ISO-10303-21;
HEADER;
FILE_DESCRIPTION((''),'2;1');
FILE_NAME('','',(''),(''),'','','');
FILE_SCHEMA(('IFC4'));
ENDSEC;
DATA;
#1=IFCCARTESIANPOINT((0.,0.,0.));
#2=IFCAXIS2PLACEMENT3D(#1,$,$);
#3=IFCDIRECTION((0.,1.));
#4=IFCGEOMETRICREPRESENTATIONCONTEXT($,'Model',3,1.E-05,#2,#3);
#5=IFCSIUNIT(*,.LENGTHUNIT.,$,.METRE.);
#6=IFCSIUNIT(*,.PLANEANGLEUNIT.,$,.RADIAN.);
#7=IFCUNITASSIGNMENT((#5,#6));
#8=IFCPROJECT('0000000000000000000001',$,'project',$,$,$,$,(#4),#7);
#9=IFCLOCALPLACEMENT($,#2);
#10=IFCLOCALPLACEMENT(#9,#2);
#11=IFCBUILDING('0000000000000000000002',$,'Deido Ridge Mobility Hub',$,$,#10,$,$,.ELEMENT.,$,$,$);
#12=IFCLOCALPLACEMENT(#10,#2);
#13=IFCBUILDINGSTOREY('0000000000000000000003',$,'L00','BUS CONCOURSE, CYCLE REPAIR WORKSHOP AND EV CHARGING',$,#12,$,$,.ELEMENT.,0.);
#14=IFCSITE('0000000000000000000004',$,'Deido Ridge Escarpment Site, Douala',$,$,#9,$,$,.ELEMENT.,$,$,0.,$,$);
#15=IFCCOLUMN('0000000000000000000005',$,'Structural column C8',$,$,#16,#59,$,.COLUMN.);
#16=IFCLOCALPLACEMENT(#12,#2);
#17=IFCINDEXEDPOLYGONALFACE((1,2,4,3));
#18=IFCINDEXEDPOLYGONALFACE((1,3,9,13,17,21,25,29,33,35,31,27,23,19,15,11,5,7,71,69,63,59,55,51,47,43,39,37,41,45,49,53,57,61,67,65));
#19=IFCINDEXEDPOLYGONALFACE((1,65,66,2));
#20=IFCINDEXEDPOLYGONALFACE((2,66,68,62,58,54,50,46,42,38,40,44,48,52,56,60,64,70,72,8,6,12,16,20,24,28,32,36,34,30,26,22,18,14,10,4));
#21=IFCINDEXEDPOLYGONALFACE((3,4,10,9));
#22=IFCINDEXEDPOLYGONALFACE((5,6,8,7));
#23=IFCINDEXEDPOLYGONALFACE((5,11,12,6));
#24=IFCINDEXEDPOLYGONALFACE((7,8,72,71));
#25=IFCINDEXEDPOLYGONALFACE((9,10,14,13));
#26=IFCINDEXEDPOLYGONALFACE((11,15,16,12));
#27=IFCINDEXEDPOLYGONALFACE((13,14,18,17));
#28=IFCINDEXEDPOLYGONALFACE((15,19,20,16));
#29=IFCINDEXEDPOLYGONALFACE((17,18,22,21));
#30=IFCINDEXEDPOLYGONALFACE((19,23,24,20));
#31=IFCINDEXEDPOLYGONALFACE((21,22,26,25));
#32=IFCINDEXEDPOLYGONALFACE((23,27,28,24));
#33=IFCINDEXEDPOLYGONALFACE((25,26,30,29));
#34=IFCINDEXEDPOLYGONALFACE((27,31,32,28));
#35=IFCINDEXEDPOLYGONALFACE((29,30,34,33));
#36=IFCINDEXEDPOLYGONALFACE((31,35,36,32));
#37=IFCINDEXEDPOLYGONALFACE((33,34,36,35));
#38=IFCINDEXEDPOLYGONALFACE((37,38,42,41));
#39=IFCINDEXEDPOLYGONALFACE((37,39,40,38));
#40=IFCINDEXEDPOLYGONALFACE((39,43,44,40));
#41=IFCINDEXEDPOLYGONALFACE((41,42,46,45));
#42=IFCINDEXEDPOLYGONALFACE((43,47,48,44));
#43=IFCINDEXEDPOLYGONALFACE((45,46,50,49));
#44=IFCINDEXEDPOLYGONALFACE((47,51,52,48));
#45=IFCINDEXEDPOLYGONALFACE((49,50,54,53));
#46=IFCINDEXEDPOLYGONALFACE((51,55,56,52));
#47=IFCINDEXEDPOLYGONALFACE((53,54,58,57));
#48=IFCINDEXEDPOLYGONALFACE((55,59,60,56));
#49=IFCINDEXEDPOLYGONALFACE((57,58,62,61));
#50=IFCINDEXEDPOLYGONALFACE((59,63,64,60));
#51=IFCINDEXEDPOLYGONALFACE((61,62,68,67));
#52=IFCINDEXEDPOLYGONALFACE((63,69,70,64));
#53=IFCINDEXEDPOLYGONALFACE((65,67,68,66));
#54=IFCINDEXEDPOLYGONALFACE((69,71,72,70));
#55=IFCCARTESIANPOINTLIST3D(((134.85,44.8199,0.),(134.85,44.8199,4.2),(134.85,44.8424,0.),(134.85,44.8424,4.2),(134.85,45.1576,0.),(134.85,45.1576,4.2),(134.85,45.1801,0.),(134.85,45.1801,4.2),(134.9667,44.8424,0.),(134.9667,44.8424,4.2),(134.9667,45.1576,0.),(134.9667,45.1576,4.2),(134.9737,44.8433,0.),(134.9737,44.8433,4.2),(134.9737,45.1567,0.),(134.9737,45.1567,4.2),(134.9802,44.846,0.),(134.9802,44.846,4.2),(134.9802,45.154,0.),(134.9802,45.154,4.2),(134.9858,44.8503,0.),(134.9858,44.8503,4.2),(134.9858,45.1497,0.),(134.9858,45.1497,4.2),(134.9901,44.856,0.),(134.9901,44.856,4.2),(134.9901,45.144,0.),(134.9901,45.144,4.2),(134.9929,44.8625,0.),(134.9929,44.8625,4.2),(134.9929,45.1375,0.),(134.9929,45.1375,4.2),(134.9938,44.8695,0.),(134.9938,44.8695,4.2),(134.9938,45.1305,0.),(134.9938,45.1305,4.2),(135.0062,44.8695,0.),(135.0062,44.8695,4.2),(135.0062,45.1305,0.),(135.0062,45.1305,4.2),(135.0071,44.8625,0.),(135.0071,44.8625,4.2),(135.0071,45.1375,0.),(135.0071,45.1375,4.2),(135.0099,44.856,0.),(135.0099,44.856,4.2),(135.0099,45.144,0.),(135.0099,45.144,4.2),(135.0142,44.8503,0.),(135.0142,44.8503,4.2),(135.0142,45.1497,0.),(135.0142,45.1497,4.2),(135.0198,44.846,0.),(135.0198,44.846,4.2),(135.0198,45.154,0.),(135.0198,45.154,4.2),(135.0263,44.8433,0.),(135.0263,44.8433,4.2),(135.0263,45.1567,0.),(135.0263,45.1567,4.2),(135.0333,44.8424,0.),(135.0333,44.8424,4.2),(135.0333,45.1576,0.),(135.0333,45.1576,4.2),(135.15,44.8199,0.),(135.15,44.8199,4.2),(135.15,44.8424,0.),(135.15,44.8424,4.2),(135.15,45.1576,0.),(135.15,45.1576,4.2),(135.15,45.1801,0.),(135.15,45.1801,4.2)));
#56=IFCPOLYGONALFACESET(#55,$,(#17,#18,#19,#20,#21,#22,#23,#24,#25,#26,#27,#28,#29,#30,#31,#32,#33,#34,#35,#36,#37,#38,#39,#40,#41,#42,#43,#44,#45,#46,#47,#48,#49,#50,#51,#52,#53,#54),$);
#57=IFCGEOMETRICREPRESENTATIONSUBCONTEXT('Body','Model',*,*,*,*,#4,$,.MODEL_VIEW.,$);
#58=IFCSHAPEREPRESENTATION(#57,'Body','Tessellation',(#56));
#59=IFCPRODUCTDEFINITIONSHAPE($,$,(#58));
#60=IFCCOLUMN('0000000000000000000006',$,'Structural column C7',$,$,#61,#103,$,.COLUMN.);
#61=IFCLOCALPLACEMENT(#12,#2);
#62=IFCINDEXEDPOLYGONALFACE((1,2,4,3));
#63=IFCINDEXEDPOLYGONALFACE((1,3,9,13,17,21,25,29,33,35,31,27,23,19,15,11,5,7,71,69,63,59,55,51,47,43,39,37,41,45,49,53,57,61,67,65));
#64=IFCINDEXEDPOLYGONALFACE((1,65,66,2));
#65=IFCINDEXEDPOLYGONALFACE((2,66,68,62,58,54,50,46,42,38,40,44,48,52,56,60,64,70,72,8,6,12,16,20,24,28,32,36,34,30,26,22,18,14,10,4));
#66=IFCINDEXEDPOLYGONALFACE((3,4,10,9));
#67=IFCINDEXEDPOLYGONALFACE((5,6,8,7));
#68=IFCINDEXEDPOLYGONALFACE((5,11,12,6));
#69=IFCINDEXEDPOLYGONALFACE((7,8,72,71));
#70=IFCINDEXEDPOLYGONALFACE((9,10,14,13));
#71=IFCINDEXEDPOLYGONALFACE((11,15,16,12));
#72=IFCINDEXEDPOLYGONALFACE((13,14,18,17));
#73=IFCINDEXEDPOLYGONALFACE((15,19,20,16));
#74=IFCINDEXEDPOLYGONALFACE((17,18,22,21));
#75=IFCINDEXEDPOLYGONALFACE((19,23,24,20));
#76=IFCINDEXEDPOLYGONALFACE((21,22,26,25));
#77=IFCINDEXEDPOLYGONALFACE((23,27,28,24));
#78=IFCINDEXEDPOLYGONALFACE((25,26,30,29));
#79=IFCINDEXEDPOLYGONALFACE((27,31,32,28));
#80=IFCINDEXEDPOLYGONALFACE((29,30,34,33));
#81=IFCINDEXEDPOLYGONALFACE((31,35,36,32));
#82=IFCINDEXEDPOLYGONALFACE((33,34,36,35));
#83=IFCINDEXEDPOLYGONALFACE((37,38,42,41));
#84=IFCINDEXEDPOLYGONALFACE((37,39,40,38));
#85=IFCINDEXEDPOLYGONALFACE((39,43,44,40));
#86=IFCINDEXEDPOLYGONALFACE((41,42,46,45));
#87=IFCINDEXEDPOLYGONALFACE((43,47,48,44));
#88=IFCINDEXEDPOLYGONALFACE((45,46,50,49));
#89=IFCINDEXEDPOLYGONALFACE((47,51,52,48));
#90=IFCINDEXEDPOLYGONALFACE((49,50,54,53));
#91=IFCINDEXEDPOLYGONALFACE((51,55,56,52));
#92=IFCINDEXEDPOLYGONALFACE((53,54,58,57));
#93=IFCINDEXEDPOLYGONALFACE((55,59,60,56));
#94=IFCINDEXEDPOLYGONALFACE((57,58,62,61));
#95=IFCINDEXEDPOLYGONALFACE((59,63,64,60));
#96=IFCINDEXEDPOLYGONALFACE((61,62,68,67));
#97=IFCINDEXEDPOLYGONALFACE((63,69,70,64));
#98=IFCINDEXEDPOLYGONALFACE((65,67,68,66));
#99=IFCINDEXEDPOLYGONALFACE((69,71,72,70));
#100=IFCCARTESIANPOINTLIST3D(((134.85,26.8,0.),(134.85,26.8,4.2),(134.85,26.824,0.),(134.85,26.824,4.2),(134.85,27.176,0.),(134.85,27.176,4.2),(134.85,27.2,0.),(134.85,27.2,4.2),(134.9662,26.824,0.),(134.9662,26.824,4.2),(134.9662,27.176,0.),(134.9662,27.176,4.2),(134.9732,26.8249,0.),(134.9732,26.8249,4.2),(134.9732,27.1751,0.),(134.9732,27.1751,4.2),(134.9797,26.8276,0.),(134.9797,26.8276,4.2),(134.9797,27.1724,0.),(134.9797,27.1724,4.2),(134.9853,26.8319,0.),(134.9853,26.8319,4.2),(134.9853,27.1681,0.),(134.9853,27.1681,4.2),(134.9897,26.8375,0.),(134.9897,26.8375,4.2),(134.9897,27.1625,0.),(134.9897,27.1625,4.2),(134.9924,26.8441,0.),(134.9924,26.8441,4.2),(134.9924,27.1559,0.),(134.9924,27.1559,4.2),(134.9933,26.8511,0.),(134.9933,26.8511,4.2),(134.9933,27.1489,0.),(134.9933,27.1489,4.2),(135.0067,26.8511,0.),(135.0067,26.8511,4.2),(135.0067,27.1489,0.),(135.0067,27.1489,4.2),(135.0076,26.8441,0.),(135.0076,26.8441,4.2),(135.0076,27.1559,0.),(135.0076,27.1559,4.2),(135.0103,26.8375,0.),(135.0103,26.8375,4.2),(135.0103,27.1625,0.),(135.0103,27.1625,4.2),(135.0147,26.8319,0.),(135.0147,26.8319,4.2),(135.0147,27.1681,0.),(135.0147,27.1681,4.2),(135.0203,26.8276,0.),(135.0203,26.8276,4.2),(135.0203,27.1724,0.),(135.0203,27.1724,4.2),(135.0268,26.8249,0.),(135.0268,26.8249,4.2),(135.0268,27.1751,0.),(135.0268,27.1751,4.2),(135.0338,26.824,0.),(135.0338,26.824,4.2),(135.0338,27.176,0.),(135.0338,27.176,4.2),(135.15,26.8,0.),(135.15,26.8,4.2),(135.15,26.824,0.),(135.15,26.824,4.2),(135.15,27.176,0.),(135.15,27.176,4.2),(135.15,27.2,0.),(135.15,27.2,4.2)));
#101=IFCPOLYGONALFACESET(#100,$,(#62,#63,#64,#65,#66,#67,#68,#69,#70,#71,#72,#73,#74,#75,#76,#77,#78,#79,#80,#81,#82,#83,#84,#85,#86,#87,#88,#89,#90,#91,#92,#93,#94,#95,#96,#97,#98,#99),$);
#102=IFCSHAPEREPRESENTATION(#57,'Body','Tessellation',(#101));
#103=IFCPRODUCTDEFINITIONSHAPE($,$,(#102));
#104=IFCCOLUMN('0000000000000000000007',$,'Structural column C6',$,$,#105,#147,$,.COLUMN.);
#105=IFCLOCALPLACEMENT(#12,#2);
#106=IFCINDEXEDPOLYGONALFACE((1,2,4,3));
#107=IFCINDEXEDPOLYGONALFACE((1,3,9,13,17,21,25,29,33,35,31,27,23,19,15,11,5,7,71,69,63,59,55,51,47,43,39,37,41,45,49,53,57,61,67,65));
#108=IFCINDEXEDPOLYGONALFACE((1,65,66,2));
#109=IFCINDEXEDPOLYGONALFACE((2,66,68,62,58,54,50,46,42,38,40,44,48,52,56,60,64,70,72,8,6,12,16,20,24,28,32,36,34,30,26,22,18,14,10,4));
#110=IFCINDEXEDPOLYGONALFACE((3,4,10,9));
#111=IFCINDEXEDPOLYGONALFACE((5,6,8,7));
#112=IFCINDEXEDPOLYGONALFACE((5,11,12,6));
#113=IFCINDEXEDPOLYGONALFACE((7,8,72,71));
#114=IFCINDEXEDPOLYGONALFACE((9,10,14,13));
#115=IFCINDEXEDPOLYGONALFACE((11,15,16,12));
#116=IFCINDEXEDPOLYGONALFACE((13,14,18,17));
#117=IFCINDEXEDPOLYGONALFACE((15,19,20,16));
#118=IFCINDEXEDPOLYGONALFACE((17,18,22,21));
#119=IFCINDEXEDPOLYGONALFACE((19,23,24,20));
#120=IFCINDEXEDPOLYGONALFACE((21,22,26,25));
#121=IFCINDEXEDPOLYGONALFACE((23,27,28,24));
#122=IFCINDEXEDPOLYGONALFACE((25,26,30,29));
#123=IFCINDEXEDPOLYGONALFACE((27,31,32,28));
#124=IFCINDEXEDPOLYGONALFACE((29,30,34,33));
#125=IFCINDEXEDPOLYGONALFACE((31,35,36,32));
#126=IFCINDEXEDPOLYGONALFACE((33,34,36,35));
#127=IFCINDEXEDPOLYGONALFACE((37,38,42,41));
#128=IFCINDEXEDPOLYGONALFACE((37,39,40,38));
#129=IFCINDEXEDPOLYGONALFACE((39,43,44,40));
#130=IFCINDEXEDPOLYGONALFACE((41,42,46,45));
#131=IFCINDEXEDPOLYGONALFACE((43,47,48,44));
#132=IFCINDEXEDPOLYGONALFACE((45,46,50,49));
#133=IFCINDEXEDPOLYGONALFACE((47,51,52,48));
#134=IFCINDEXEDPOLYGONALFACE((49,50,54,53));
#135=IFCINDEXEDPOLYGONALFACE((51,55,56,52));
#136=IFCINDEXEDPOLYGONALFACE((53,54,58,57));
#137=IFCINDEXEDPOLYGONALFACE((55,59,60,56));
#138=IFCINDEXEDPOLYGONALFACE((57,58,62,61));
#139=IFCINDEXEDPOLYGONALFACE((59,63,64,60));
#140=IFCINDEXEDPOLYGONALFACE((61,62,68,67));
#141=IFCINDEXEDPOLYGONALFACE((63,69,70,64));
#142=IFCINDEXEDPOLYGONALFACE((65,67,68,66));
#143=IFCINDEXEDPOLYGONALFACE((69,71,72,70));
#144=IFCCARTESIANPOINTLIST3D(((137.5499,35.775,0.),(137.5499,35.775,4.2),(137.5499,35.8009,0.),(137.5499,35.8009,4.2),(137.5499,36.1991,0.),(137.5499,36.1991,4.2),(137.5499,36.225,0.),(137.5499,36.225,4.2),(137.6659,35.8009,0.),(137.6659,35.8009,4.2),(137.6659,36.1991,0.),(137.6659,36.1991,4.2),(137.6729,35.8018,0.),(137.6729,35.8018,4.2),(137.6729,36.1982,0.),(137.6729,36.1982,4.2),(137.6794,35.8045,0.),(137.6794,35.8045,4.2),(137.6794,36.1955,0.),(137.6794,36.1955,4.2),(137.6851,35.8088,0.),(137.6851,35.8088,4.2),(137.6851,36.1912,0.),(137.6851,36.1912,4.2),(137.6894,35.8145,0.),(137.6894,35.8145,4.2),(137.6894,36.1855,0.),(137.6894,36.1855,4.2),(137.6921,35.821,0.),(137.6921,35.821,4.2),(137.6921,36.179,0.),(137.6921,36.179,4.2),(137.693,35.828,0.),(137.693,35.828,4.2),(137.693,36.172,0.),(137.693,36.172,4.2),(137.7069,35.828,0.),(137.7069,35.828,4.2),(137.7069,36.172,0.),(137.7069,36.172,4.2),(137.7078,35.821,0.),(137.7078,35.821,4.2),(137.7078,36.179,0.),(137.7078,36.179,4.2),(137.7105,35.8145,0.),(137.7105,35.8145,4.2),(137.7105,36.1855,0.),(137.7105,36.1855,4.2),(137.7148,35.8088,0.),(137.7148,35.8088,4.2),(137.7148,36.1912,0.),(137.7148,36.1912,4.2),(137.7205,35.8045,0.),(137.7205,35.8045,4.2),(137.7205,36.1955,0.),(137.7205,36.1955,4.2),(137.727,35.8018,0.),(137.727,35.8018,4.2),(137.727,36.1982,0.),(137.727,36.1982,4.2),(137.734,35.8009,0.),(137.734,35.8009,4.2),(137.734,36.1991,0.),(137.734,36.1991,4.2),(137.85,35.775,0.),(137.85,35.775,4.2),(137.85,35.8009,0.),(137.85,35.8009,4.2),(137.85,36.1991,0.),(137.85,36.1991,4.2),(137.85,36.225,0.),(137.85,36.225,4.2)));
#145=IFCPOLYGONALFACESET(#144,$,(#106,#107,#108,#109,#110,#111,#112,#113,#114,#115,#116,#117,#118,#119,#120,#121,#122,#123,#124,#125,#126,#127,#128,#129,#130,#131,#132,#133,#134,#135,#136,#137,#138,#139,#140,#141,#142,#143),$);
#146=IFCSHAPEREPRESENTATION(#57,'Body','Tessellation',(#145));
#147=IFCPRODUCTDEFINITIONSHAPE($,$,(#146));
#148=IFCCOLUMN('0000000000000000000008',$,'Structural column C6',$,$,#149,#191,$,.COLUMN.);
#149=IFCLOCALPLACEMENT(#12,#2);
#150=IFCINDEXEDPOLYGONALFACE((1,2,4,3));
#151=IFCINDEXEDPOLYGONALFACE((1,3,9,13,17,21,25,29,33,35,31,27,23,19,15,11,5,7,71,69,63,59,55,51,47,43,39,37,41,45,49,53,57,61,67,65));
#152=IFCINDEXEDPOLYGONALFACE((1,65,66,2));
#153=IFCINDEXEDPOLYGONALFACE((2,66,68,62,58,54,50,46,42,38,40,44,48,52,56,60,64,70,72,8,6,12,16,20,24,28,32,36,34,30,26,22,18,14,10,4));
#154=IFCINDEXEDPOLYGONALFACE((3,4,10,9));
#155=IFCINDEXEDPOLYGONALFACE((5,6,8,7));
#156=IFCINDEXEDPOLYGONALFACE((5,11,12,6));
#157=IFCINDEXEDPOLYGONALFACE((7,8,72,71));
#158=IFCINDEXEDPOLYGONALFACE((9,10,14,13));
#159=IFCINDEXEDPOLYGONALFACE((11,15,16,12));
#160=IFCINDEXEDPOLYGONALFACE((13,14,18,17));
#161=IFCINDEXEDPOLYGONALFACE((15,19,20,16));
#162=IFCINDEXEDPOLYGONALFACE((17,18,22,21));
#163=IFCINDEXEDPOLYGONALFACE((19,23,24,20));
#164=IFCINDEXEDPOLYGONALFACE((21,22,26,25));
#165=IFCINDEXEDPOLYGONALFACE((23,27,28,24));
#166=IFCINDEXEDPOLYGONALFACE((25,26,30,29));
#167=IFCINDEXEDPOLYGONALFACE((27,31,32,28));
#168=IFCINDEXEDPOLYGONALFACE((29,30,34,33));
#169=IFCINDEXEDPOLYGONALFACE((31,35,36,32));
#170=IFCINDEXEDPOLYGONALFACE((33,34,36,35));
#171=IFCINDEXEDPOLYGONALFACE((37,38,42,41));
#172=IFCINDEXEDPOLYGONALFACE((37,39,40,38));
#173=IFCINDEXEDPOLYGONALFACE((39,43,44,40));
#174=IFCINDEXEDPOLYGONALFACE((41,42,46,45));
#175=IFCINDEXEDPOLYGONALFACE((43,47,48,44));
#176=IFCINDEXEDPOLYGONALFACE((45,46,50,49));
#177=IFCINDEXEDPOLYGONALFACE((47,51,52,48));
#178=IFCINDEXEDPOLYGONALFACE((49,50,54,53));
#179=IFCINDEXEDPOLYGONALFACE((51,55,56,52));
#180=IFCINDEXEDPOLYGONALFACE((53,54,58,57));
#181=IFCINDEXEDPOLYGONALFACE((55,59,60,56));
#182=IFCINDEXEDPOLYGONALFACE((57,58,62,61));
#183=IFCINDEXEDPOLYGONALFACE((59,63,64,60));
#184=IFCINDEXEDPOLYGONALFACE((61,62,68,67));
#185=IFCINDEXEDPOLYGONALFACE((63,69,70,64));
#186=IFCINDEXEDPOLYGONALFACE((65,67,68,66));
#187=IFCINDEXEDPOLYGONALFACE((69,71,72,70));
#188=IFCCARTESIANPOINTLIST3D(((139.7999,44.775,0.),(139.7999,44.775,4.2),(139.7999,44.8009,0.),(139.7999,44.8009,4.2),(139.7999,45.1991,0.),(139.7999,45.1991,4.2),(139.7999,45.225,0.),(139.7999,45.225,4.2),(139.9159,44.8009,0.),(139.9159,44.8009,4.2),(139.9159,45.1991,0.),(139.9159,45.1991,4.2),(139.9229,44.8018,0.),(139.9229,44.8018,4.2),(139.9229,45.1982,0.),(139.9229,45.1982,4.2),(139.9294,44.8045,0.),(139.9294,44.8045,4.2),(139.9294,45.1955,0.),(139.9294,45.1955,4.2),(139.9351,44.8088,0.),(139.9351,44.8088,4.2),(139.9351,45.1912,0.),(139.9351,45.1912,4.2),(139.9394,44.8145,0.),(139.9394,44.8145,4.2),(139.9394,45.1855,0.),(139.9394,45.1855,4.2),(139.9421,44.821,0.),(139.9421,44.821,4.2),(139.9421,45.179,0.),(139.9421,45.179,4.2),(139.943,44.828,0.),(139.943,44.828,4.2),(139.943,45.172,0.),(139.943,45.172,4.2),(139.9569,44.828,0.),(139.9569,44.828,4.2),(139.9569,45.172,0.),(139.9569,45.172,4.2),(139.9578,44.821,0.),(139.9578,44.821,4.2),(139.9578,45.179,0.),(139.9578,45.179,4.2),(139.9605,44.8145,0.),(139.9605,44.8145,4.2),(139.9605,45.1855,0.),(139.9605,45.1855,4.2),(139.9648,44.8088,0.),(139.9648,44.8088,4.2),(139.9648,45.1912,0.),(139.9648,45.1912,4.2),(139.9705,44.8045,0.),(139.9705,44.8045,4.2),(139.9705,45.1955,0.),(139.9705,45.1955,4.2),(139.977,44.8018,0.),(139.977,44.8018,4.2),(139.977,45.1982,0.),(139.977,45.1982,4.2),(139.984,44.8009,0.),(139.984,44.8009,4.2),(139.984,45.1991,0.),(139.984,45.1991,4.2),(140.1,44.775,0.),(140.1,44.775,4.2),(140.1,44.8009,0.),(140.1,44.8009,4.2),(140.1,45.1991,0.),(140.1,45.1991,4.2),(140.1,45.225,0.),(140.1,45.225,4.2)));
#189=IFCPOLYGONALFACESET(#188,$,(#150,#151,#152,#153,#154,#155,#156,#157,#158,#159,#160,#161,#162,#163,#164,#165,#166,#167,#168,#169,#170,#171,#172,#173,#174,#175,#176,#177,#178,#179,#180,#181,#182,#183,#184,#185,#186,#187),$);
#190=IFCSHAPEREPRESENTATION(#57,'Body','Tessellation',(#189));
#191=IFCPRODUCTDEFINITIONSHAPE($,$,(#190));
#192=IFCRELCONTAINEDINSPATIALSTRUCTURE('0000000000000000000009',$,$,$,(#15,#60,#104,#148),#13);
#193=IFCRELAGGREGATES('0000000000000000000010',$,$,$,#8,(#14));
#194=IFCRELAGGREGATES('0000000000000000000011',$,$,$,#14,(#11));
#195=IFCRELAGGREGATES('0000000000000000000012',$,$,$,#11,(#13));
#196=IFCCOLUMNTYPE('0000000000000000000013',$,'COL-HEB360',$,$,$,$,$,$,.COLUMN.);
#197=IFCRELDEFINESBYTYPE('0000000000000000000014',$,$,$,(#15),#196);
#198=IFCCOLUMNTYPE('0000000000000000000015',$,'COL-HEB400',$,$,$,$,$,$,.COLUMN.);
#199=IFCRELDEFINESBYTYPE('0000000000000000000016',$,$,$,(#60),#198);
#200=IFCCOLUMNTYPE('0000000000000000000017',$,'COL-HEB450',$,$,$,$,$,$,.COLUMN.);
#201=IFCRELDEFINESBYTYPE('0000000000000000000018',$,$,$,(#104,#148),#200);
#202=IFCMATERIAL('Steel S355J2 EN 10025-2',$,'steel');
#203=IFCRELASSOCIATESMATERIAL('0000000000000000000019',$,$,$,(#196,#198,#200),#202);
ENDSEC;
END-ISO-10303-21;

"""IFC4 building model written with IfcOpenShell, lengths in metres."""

from ifc_helpers import new_model, si_unit, direction, frame, origin, origin_2d, place, context, subcontext, project, spatial, i_section, extrude, material, material_profile, profile_set, type_object, element, save


model = new_model("IFC4")

# Units and contexts
model_context = context("Model", 3, precision=1e-05, world=origin(), true_north=direction((0.0, 1.0)))
body_context = subcontext(model_context, "Body", "Model", "MODEL_VIEW")
ifc_project = project(units=[si_unit("LENGTHUNIT", "METRE"), si_unit("PLANEANGLEUNIT", "RADIAN")], contexts=[model_context])

# Site, building, storey
site_placement = place(None, origin())
site = spatial("IfcSite", under=ifc_project, at=site_placement, Name="Deido Ridge Escarpment Site, Douala", CompositionType="ELEMENT", RefElevation=0.0)
building_placement = place(site_placement, origin())
building = spatial("IfcBuilding", under=site, at=building_placement, Name="Deido Ridge Mobility Hub", CompositionType="ELEMENT")
storey_placement = place(building_placement, origin())
storey = spatial("IfcBuildingStorey", under=building, at=storey_placement, Name="L00", Description="BUS CONCOURSE, CYCLE REPAIR WORKSHOP AND EV CHARGING", CompositionType="ELEMENT", Elevation=0.0)

# Columns
ifc_material = material(Name="Steel S355J2 EN 10025-2", Category="steel")
ifc_material_profile_1 = material_profile(ifc_material, i_section(OverallWidth=0.3, OverallDepth=0.3601, WebThickness=0.0125, FlangeThickness=0.0225, FilletRadius=0.0271, at=origin_2d()), Name="HEB 360")
ifc_profile_set_1 = profile_set([ifc_material_profile_1], Name="Steel S355J2 EN 10025-2")
column_type_1 = type_object("IfcColumnType", Name="COL-HEB360", PredefinedType="COLUMN", material=ifc_profile_set_1)
for number, where, z_axis, x_axis, name in (
    (1, (135.0, 45.0, 0.0), (0.0, 0.0, 1.0), (1.0, 0.0, 0.0), "Structural column C8"),
):
    element("IfcColumn", number, at=place(storey_placement, frame(where, z_axis=z_axis, x_axis=x_axis)), inside=storey, type_object=column_type_1, Name=name, PredefinedType="COLUMN", context=body_context, shape_type="SweptSolid", body=[
        extrude(i_section(OverallWidth=0.3, OverallDepth=0.3601, WebThickness=0.0125, FlangeThickness=0.0225, FilletRadius=0.0271, at=origin_2d()), origin(), (0.0, 0.0, 1.0), 4.2),
    ])
ifc_material_profile_2 = material_profile(ifc_material, i_section(OverallWidth=0.3, OverallDepth=0.3999, WebThickness=0.0134, FlangeThickness=0.0239, FilletRadius=0.0271, at=origin_2d()), Name="HEB 400")
ifc_profile_set_2 = profile_set([ifc_material_profile_2], Name="Steel S355J2 EN 10025-2")
column_type_2 = type_object("IfcColumnType", Name="COL-HEB400", PredefinedType="COLUMN", material=ifc_profile_set_2)
column_1_placement = place(storey_placement, frame((135.0, 27.0, 0.0), z_axis=(0.0, 0.0, 1.0), x_axis=(1.0, 0.0, 0.0)))
element("IfcColumn", 2, at=column_1_placement, inside=storey, type_object=column_type_2, Name="Structural column C7", PredefinedType="COLUMN", context=body_context, shape_type="SweptSolid", body=[
    extrude(i_section(OverallWidth=0.3, OverallDepth=0.3999, WebThickness=0.0134, FlangeThickness=0.0239, FilletRadius=0.0271, at=origin_2d()), origin(), (0.0, 0.0, 1.0), 4.2),
])
ifc_material_profile_3 = material_profile(ifc_material, i_section(OverallWidth=0.3, OverallDepth=0.45, WebThickness=0.0139, FlangeThickness=0.0259, FilletRadius=0.0271, at=origin_2d()), Name="HEB 450")
ifc_profile_set_3 = profile_set([ifc_material_profile_3], Name="Steel S355J2 EN 10025-2")
column_type_3 = type_object("IfcColumnType", Name="COL-HEB450", PredefinedType="COLUMN", material=ifc_profile_set_3)
for number, where, z_axis, x_axis, name in (
    (3, (137.7, 36.0, 0.0), (0.0, 0.0, 1.0), (1.0, 0.0, 0.0), "Structural column C6"),
    (4, (139.95, 45.0, 0.0), (0.0, 0.0, 1.0), (1.0, 0.0, 0.0), "Structural column C6"),
):
    element("IfcColumn", number, at=place(storey_placement, frame(where, z_axis=z_axis, x_axis=x_axis)), inside=storey, type_object=column_type_3, Name=name, PredefinedType="COLUMN", context=body_context, shape_type="SweptSolid", body=[
        extrude(i_section(OverallWidth=0.3, OverallDepth=0.45, WebThickness=0.0139, FlangeThickness=0.0259, FilletRadius=0.0271, at=origin_2d()), origin(), (0.0, 0.0, 1.0), 4.2),
    ])

save(model, "model.ifc")
